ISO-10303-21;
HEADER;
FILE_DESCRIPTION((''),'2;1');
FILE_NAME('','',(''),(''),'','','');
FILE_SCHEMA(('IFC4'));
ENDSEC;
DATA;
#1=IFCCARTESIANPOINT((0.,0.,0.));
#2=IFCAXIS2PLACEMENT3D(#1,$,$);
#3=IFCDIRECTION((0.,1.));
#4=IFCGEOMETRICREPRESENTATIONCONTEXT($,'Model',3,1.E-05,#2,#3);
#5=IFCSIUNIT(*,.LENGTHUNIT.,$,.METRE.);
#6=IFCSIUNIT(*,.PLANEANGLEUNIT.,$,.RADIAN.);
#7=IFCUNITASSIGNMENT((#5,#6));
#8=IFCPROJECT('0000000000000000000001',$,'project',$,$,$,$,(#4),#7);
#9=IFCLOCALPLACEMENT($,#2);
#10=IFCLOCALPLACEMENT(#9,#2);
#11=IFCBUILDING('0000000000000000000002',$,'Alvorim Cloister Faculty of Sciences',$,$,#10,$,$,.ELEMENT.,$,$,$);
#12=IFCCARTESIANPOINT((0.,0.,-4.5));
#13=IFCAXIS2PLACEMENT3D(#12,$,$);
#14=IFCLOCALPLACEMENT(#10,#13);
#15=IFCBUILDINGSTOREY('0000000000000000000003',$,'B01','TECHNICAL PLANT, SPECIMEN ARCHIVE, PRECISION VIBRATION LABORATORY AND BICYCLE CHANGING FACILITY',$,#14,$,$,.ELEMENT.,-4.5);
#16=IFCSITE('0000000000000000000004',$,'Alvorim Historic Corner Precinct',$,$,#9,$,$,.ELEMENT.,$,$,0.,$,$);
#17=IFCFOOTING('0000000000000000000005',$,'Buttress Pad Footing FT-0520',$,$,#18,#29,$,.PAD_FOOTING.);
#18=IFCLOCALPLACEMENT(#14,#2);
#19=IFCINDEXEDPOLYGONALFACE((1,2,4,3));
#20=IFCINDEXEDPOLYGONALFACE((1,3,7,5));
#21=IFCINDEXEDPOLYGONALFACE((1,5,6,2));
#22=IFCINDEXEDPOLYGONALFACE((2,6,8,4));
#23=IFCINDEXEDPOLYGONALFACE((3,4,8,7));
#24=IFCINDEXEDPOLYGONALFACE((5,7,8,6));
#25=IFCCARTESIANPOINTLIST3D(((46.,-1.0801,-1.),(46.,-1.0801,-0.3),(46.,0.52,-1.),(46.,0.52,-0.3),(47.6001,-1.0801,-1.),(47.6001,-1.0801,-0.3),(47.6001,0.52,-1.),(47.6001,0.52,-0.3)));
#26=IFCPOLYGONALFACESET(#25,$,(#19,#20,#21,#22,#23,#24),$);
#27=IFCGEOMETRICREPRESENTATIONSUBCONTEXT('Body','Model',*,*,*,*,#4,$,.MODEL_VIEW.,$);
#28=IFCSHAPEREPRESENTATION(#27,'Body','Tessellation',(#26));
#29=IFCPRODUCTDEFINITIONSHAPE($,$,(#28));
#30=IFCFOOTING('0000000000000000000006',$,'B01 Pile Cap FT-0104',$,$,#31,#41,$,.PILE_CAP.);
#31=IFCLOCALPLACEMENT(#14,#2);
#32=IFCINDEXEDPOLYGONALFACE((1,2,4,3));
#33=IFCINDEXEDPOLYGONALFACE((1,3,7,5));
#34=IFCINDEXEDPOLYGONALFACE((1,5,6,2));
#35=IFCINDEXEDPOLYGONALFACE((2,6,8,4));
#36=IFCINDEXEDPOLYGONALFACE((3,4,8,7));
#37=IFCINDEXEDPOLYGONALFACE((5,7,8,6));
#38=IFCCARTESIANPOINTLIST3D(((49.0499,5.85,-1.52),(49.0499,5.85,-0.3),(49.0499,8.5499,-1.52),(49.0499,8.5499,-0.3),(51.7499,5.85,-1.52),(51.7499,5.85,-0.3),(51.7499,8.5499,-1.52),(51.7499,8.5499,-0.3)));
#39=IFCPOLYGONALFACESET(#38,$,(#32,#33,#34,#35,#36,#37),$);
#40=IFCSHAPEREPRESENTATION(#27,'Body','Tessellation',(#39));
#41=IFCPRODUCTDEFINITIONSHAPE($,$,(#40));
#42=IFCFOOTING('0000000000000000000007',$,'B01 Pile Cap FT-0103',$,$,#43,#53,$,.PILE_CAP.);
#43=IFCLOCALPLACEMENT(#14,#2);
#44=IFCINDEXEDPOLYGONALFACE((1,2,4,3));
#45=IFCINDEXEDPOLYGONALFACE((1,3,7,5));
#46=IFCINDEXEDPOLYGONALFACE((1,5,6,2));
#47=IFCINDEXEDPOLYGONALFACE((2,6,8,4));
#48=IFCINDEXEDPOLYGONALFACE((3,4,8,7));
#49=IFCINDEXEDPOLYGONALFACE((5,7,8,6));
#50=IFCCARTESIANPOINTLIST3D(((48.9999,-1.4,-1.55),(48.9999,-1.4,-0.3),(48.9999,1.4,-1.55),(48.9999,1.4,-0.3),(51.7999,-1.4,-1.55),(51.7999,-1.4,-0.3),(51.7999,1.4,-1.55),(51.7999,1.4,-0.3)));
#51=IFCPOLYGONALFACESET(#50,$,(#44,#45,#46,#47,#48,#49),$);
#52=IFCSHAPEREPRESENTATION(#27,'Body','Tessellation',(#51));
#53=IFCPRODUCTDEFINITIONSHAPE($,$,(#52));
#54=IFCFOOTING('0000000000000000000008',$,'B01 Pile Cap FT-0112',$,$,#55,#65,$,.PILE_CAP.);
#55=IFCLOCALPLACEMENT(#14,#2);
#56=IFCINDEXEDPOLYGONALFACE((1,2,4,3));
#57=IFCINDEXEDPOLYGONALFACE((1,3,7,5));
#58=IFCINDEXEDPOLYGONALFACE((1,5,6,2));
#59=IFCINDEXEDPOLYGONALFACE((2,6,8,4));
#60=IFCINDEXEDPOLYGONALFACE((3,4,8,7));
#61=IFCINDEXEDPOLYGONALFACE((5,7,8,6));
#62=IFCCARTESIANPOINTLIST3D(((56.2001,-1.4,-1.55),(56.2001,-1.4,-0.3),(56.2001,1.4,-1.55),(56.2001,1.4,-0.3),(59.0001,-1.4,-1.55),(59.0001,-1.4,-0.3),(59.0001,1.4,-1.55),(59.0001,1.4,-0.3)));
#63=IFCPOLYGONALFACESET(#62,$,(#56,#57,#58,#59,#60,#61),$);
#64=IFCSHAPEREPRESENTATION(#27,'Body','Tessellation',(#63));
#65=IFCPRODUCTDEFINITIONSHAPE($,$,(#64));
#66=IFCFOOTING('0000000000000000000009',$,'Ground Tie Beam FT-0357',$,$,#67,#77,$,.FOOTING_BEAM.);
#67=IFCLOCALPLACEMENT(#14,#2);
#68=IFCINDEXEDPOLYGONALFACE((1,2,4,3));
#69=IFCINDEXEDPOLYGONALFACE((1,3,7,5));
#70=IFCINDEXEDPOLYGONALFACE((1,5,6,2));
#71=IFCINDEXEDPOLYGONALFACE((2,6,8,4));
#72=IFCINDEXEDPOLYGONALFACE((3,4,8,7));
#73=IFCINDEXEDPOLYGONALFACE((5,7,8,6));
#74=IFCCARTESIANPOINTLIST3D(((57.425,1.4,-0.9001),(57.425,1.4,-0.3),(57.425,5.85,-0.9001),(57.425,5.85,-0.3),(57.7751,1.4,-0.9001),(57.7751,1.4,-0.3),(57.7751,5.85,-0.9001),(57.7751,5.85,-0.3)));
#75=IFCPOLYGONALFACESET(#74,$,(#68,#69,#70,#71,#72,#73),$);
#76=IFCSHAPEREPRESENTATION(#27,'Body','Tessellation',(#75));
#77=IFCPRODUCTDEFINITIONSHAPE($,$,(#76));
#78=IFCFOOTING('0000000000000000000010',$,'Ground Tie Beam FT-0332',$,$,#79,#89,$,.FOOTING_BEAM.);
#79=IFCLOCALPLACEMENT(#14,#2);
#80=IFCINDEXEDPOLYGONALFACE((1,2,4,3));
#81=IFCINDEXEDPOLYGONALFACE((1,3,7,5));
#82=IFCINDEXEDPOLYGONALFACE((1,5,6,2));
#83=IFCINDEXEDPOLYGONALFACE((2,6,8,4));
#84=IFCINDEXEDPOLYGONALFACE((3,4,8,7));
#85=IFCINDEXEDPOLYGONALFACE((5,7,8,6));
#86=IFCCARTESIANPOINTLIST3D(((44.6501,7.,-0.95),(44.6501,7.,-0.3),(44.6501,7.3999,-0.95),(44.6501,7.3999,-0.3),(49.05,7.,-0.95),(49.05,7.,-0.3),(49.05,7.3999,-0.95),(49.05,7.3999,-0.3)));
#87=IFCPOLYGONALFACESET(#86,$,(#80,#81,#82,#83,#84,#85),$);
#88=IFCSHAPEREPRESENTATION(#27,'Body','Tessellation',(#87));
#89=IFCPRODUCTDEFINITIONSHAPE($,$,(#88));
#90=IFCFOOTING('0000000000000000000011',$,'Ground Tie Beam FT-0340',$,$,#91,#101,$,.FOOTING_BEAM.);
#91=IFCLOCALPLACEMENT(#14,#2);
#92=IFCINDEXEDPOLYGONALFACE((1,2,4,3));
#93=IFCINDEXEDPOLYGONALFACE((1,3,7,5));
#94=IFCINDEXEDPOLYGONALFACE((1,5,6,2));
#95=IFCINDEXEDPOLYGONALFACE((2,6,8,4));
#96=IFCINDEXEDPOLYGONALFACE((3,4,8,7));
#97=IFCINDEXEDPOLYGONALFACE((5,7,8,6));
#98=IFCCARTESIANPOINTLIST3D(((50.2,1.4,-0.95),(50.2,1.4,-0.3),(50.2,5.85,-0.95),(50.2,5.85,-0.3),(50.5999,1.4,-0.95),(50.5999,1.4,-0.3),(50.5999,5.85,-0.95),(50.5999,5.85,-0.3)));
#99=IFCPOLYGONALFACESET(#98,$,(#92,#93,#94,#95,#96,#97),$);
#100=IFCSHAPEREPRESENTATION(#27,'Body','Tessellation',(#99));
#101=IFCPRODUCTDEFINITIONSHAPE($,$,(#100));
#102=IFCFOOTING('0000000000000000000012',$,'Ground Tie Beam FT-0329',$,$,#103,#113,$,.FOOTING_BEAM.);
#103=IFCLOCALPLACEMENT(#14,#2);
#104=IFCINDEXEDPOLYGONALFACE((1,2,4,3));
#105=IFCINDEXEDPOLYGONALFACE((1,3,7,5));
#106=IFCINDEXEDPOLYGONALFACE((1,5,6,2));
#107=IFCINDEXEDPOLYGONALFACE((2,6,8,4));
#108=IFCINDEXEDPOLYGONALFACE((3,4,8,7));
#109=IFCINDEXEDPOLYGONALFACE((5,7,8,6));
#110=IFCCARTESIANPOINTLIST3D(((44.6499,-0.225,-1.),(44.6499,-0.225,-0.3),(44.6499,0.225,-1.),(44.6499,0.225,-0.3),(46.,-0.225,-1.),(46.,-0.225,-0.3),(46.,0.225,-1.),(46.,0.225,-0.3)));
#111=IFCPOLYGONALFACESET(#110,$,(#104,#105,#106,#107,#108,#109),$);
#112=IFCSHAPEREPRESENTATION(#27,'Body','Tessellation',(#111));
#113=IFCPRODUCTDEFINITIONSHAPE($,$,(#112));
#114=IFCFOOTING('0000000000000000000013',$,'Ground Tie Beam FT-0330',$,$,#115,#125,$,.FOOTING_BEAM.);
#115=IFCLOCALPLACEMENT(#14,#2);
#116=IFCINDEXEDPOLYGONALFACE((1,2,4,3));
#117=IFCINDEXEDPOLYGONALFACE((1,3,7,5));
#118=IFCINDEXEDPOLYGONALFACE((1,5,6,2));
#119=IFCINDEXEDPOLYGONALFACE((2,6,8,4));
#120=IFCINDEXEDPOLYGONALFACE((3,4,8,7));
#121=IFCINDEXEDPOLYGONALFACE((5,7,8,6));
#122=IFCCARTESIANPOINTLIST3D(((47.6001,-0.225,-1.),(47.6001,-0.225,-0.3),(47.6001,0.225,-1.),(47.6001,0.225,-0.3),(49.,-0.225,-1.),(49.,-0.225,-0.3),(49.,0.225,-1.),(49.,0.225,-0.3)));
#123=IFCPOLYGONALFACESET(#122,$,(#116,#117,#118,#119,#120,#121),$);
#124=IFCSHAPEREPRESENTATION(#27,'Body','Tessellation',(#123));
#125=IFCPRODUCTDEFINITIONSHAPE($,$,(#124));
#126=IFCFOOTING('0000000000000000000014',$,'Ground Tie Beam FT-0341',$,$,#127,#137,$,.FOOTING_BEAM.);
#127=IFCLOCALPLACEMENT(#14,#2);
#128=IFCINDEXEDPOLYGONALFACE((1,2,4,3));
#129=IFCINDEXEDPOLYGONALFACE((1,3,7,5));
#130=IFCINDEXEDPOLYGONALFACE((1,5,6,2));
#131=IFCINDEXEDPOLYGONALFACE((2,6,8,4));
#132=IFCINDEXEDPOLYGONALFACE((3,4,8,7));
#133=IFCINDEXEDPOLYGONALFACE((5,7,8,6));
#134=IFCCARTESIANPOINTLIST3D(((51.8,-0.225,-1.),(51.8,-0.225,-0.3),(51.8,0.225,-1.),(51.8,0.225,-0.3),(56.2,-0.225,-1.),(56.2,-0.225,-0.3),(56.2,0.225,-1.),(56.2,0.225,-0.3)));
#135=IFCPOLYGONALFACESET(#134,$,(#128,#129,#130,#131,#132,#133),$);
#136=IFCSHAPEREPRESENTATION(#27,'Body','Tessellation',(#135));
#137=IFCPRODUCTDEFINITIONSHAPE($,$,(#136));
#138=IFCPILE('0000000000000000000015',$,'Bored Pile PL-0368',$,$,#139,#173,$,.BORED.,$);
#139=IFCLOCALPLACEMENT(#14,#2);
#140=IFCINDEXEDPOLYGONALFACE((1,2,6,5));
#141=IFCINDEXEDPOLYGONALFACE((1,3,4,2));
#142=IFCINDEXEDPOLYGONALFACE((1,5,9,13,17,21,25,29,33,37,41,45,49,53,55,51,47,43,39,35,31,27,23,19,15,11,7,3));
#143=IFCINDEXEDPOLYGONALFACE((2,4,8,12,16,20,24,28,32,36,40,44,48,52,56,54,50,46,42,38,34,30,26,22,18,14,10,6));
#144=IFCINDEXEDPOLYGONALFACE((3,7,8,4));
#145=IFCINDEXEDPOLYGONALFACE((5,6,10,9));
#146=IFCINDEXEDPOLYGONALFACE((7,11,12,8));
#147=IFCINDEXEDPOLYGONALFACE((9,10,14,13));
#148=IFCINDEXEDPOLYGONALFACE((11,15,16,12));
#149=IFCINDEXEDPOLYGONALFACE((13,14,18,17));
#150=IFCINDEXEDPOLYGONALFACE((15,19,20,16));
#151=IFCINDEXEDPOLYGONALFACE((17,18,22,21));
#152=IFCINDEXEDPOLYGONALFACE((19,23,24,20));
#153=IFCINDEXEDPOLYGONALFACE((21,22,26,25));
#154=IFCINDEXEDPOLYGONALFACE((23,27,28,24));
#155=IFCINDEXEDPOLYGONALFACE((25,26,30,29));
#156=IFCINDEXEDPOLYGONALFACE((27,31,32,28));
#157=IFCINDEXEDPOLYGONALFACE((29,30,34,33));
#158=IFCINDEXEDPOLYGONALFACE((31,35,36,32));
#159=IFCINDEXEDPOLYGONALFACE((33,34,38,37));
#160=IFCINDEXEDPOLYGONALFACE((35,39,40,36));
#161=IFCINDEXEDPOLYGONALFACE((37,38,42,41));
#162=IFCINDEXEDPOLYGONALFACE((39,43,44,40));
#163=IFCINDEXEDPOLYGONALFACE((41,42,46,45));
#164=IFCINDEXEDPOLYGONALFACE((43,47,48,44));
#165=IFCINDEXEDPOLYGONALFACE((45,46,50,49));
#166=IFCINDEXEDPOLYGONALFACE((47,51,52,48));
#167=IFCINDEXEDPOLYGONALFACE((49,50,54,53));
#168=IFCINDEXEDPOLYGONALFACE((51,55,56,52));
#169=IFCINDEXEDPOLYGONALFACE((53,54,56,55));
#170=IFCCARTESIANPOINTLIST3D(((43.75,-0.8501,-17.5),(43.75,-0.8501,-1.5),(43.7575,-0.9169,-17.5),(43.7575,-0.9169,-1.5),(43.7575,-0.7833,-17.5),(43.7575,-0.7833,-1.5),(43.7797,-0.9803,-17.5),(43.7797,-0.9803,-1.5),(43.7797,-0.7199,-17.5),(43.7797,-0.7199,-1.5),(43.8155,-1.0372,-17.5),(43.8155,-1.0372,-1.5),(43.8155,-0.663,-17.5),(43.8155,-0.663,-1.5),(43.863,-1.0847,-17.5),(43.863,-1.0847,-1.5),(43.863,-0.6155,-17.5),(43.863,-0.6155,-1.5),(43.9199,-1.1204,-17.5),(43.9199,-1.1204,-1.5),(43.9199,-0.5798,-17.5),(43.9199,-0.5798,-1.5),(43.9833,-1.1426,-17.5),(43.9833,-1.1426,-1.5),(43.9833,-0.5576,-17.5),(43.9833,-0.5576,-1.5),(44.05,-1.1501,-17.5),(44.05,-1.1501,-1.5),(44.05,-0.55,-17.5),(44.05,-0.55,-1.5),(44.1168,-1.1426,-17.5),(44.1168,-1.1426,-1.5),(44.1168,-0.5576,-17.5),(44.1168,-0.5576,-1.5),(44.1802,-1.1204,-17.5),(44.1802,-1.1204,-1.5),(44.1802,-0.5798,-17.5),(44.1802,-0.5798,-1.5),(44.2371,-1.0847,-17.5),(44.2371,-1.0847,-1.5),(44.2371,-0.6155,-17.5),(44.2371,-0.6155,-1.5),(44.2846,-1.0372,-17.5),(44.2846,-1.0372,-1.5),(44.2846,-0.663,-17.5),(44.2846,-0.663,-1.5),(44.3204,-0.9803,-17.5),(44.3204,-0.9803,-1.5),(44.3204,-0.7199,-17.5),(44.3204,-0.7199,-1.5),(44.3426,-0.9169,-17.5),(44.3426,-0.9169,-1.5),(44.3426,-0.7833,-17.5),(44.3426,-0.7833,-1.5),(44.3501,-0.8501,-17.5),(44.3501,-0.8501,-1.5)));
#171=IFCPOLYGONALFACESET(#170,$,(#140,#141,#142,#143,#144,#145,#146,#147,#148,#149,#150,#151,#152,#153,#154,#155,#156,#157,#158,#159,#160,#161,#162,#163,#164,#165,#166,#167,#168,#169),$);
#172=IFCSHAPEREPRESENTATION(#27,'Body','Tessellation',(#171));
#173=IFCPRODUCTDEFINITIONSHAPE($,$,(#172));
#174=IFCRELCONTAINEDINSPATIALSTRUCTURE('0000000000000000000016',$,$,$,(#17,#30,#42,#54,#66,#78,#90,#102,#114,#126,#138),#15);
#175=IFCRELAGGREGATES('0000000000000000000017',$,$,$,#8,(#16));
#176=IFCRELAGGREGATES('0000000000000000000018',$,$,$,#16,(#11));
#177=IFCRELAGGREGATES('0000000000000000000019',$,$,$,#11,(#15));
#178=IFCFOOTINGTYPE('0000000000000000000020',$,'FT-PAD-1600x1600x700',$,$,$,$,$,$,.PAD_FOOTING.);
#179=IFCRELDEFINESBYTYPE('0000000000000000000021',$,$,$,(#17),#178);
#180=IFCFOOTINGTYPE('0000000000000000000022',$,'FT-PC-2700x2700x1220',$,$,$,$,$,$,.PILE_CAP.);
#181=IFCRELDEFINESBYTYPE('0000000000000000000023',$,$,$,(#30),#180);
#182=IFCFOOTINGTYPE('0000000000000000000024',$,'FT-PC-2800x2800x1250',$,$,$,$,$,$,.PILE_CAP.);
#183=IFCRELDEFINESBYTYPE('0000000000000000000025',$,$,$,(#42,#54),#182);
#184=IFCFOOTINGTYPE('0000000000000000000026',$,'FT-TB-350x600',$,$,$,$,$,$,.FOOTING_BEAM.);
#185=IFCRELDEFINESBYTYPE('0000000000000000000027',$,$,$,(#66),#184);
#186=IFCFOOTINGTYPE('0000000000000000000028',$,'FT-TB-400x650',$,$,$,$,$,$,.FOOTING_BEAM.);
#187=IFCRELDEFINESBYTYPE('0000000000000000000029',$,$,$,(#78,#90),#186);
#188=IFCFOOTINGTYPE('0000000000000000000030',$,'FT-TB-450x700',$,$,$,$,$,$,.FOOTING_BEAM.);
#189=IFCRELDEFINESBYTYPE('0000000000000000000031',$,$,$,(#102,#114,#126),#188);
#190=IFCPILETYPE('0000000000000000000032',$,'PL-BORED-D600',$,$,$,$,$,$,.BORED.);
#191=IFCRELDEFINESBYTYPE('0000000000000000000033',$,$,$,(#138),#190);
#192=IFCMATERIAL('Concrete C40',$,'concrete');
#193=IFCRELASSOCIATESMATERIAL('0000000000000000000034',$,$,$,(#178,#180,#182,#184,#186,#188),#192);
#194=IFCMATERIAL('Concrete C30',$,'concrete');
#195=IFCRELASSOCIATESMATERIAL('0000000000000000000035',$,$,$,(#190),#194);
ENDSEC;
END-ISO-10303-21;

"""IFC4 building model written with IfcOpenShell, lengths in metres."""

from ifc_helpers import new_model, si_unit, direction, frame, origin, origin_2d, place, context, subcontext, project, spatial, rectangle, circle, extrude, material, material_profile, profile_set, type_object, element, save


model = new_model("IFC4")

# Units and contexts
model_context = context("Model", 3, precision=1e-05, world=origin(), true_north=direction((0.0, 1.0)))
body_context = subcontext(model_context, "Body", "Model", "MODEL_VIEW")
ifc_project = project(units=[si_unit("LENGTHUNIT", "METRE"), si_unit("PLANEANGLEUNIT", "RADIAN")], contexts=[model_context])

# Site, building, storey
site_placement = place(None, origin())
site = spatial("IfcSite", under=ifc_project, at=site_placement, Name="Alvorim Historic Corner Precinct", CompositionType="ELEMENT", RefElevation=0.0)
building_placement = place(site_placement, origin())
building = spatial("IfcBuilding", under=site, at=building_placement, Name="Alvorim Cloister Faculty of Sciences", CompositionType="ELEMENT")
storey_placement = place(building_placement, frame((0.0, 0.0, -4.5)))
storey = spatial("IfcBuildingStorey", under=building, at=storey_placement, Name="B01", Description="TECHNICAL PLANT, SPECIMEN ARCHIVE, PRECISION VIBRATION LABORATORY AND BICYCLE CHANGING FACILITY", CompositionType="ELEMENT", Elevation=-4.5)

# Footings
ifc_material_1 = material(Name="Concrete C40", Category="concrete")
footing_type_1 = type_object("IfcFootingType", Name="FT-PAD-1600x1600x700", PredefinedType="PAD_FOOTING", material=ifc_material_1)
footing_1_placement = place(storey_placement, frame((46.8, -0.28, -1.0), z_axis=(0.0, 0.0, 1.0), x_axis=(1.0, 0.0, 0.0)))
element("IfcFooting", 1, at=footing_1_placement, inside=storey, type_object=footing_type_1, Name="Buttress Pad Footing FT-0520", PredefinedType="PAD_FOOTING", context=body_context, shape_type="SweptSolid", body=[
    extrude(rectangle(XDim=1.6001, YDim=1.6001, at=origin_2d()), origin(), (0.0, 0.0, 1.0), 0.7),
])
footing_type_2 = type_object("IfcFootingType", Name="FT-PC-2700x2700x1220", PredefinedType="PILE_CAP", material=ifc_material_1)
footing_2_placement = place(storey_placement, frame((50.3999, 7.2, -1.52), z_axis=(0.0, 0.0, 1.0), x_axis=(1.0, 0.0, 0.0)))
element("IfcFooting", 2, at=footing_2_placement, inside=storey, type_object=footing_type_2, Name="B01 Pile Cap FT-0104", PredefinedType="PILE_CAP", context=body_context, shape_type="SweptSolid", body=[
    extrude(rectangle(XDim=2.7, YDim=2.7, at=origin_2d()), origin(), (0.0, 0.0, 1.0), 1.22),
])
footing_type_3 = type_object("IfcFootingType", Name="FT-PC-2800x2800x1250", PredefinedType="PILE_CAP", material=ifc_material_1)
for number, where, z_axis, x_axis, name in (
    (3, (50.3999, 0.0, -1.55), (0.0, 0.0, 1.0), (1.0, 0.0, 0.0), "B01 Pile Cap FT-0103"),
    (4, (57.6001, 0.0, -1.55), (0.0, 0.0, 1.0), (1.0, 0.0, 0.0), "B01 Pile Cap FT-0112"),
):
    element("IfcFooting", number, at=place(storey_placement, frame(where, z_axis=z_axis, x_axis=x_axis)), inside=storey, type_object=footing_type_3, Name=name, PredefinedType="PILE_CAP", context=body_context, shape_type="SweptSolid", body=[
        extrude(rectangle(XDim=2.8, YDim=2.8, at=origin_2d()), origin(), (0.0, 0.0, 1.0), 1.25),
    ])
footing_type_4 = type_object("IfcFootingType", Name="FT-TB-350x600", PredefinedType="FOOTING_BEAM", material=ifc_material_1)
footing_3_placement = place(storey_placement, frame((57.6001, 3.625, -0.9001), z_axis=(0.0, 0.0, 1.0), x_axis=(1.0, 0.0, 0.0)))
element("IfcFooting", 5, at=footing_3_placement, inside=storey, type_object=footing_type_4, Name="Ground Tie Beam FT-0357", PredefinedType="FOOTING_BEAM", context=body_context, shape_type="SweptSolid", body=[
    extrude(rectangle(XDim=0.3501, YDim=4.45, at=origin_2d()), origin(), (0.0, 0.0, 1.0), 0.6001),
])
footing_type_5 = type_object("IfcFootingType", Name="FT-TB-400x650", PredefinedType="FOOTING_BEAM", material=ifc_material_1)
footing_4_placement = place(storey_placement, frame((46.8501, 7.2, -0.95), z_axis=(0.0, 0.0, 1.0), x_axis=(1.0, 0.0, 0.0)))
element("IfcFooting", 6, at=footing_4_placement, inside=storey, type_object=footing_type_5, Name="Ground Tie Beam FT-0332", PredefinedType="FOOTING_BEAM", context=body_context, shape_type="SweptSolid", body=[
    extrude(rectangle(XDim=4.3999, YDim=0.3999, at=origin_2d()), origin(), (0.0, 0.0, 1.0), 0.6499),
])
footing_5_placement = place(storey_placement, frame((50.3999, 3.625, -0.95), z_axis=(0.0, 0.0, 1.0), x_axis=(1.0, 0.0, 0.0)))
element("IfcFooting", 7, at=footing_5_placement, inside=storey, type_object=footing_type_5, Name="Ground Tie Beam FT-0340", PredefinedType="FOOTING_BEAM", context=body_context, shape_type="SweptSolid", body=[
    extrude(rectangle(XDim=0.3999, YDim=4.45, at=origin_2d()), origin(), (0.0, 0.0, 1.0), 0.6499),
])
footing_type_6 = type_object("IfcFootingType", Name="FT-TB-450x700", PredefinedType="FOOTING_BEAM", material=ifc_material_1)
footing_6_placement = place(storey_placement, frame((45.325, 0.0, -1.0), z_axis=(0.0, 0.0, 1.0), x_axis=(1.0, 0.0, 0.0)))
element("IfcFooting", 8, at=footing_6_placement, inside=storey, type_object=footing_type_6, Name="Ground Tie Beam FT-0329", PredefinedType="FOOTING_BEAM", context=body_context, shape_type="SweptSolid", body=[
    extrude(rectangle(XDim=1.3501, YDim=0.45, at=origin_2d()), origin(), (0.0, 0.0, 1.0), 0.7),
])
footing_7_placement = place(storey_placement, frame((48.3, 0.0, -1.0), z_axis=(0.0, 0.0, 1.0), x_axis=(1.0, 0.0, 0.0)))
element("IfcFooting", 9, at=footing_7_placement, inside=storey, type_object=footing_type_6, Name="Ground Tie Beam FT-0330", PredefinedType="FOOTING_BEAM", context=body_context, shape_type="SweptSolid", body=[
    extrude(rectangle(XDim=1.3999, YDim=0.45, at=origin_2d()), origin(), (0.0, 0.0, 1.0), 0.7),
])
footing_8_placement = place(storey_placement, frame((54.0, 0.0, -1.0), z_axis=(0.0, 0.0, 1.0), x_axis=(1.0, 0.0, 0.0)))
element("IfcFooting", 10, at=footing_8_placement, inside=storey, type_object=footing_type_6, Name="Ground Tie Beam FT-0341", PredefinedType="FOOTING_BEAM", context=body_context, shape_type="SweptSolid", body=[
    extrude(rectangle(XDim=4.3999, YDim=0.45, at=origin_2d()), origin(), (0.0, 0.0, 1.0), 0.7),
])

# Pile
ifc_material_2 = material(Name="Concrete C30", Category="concrete")
ifc_material_profile_1 = material_profile(ifc_material_2, circle(Radius=0.3, at=origin_2d()), Name="PILE-D600")
ifc_profile_set_1 = profile_set([ifc_material_profile_1], Name="Concrete C30")
pile_type = type_object("IfcPileType", Name="PL-BORED-D600", PredefinedType="BORED", material=ifc_profile_set_1)
for number, where, z_axis, x_axis, name in (
    (11, (44.05, -0.8501, -1.5), (0.0, 0.0, -1.0), (1.0, 0.0, 0.0), "Bored Pile PL-0368"),
):
    element("IfcPile", number, at=place(storey_placement, frame(where, z_axis=z_axis, x_axis=x_axis)), inside=storey, type_object=pile_type, Name=name, PredefinedType="BORED", context=body_context, shape_type="SweptSolid", body=[
        extrude(circle(Radius=0.3, at=origin_2d()), origin(), (0.0, 0.0, 1.0), 16.0),
    ])

save(model, "model.ifc")
